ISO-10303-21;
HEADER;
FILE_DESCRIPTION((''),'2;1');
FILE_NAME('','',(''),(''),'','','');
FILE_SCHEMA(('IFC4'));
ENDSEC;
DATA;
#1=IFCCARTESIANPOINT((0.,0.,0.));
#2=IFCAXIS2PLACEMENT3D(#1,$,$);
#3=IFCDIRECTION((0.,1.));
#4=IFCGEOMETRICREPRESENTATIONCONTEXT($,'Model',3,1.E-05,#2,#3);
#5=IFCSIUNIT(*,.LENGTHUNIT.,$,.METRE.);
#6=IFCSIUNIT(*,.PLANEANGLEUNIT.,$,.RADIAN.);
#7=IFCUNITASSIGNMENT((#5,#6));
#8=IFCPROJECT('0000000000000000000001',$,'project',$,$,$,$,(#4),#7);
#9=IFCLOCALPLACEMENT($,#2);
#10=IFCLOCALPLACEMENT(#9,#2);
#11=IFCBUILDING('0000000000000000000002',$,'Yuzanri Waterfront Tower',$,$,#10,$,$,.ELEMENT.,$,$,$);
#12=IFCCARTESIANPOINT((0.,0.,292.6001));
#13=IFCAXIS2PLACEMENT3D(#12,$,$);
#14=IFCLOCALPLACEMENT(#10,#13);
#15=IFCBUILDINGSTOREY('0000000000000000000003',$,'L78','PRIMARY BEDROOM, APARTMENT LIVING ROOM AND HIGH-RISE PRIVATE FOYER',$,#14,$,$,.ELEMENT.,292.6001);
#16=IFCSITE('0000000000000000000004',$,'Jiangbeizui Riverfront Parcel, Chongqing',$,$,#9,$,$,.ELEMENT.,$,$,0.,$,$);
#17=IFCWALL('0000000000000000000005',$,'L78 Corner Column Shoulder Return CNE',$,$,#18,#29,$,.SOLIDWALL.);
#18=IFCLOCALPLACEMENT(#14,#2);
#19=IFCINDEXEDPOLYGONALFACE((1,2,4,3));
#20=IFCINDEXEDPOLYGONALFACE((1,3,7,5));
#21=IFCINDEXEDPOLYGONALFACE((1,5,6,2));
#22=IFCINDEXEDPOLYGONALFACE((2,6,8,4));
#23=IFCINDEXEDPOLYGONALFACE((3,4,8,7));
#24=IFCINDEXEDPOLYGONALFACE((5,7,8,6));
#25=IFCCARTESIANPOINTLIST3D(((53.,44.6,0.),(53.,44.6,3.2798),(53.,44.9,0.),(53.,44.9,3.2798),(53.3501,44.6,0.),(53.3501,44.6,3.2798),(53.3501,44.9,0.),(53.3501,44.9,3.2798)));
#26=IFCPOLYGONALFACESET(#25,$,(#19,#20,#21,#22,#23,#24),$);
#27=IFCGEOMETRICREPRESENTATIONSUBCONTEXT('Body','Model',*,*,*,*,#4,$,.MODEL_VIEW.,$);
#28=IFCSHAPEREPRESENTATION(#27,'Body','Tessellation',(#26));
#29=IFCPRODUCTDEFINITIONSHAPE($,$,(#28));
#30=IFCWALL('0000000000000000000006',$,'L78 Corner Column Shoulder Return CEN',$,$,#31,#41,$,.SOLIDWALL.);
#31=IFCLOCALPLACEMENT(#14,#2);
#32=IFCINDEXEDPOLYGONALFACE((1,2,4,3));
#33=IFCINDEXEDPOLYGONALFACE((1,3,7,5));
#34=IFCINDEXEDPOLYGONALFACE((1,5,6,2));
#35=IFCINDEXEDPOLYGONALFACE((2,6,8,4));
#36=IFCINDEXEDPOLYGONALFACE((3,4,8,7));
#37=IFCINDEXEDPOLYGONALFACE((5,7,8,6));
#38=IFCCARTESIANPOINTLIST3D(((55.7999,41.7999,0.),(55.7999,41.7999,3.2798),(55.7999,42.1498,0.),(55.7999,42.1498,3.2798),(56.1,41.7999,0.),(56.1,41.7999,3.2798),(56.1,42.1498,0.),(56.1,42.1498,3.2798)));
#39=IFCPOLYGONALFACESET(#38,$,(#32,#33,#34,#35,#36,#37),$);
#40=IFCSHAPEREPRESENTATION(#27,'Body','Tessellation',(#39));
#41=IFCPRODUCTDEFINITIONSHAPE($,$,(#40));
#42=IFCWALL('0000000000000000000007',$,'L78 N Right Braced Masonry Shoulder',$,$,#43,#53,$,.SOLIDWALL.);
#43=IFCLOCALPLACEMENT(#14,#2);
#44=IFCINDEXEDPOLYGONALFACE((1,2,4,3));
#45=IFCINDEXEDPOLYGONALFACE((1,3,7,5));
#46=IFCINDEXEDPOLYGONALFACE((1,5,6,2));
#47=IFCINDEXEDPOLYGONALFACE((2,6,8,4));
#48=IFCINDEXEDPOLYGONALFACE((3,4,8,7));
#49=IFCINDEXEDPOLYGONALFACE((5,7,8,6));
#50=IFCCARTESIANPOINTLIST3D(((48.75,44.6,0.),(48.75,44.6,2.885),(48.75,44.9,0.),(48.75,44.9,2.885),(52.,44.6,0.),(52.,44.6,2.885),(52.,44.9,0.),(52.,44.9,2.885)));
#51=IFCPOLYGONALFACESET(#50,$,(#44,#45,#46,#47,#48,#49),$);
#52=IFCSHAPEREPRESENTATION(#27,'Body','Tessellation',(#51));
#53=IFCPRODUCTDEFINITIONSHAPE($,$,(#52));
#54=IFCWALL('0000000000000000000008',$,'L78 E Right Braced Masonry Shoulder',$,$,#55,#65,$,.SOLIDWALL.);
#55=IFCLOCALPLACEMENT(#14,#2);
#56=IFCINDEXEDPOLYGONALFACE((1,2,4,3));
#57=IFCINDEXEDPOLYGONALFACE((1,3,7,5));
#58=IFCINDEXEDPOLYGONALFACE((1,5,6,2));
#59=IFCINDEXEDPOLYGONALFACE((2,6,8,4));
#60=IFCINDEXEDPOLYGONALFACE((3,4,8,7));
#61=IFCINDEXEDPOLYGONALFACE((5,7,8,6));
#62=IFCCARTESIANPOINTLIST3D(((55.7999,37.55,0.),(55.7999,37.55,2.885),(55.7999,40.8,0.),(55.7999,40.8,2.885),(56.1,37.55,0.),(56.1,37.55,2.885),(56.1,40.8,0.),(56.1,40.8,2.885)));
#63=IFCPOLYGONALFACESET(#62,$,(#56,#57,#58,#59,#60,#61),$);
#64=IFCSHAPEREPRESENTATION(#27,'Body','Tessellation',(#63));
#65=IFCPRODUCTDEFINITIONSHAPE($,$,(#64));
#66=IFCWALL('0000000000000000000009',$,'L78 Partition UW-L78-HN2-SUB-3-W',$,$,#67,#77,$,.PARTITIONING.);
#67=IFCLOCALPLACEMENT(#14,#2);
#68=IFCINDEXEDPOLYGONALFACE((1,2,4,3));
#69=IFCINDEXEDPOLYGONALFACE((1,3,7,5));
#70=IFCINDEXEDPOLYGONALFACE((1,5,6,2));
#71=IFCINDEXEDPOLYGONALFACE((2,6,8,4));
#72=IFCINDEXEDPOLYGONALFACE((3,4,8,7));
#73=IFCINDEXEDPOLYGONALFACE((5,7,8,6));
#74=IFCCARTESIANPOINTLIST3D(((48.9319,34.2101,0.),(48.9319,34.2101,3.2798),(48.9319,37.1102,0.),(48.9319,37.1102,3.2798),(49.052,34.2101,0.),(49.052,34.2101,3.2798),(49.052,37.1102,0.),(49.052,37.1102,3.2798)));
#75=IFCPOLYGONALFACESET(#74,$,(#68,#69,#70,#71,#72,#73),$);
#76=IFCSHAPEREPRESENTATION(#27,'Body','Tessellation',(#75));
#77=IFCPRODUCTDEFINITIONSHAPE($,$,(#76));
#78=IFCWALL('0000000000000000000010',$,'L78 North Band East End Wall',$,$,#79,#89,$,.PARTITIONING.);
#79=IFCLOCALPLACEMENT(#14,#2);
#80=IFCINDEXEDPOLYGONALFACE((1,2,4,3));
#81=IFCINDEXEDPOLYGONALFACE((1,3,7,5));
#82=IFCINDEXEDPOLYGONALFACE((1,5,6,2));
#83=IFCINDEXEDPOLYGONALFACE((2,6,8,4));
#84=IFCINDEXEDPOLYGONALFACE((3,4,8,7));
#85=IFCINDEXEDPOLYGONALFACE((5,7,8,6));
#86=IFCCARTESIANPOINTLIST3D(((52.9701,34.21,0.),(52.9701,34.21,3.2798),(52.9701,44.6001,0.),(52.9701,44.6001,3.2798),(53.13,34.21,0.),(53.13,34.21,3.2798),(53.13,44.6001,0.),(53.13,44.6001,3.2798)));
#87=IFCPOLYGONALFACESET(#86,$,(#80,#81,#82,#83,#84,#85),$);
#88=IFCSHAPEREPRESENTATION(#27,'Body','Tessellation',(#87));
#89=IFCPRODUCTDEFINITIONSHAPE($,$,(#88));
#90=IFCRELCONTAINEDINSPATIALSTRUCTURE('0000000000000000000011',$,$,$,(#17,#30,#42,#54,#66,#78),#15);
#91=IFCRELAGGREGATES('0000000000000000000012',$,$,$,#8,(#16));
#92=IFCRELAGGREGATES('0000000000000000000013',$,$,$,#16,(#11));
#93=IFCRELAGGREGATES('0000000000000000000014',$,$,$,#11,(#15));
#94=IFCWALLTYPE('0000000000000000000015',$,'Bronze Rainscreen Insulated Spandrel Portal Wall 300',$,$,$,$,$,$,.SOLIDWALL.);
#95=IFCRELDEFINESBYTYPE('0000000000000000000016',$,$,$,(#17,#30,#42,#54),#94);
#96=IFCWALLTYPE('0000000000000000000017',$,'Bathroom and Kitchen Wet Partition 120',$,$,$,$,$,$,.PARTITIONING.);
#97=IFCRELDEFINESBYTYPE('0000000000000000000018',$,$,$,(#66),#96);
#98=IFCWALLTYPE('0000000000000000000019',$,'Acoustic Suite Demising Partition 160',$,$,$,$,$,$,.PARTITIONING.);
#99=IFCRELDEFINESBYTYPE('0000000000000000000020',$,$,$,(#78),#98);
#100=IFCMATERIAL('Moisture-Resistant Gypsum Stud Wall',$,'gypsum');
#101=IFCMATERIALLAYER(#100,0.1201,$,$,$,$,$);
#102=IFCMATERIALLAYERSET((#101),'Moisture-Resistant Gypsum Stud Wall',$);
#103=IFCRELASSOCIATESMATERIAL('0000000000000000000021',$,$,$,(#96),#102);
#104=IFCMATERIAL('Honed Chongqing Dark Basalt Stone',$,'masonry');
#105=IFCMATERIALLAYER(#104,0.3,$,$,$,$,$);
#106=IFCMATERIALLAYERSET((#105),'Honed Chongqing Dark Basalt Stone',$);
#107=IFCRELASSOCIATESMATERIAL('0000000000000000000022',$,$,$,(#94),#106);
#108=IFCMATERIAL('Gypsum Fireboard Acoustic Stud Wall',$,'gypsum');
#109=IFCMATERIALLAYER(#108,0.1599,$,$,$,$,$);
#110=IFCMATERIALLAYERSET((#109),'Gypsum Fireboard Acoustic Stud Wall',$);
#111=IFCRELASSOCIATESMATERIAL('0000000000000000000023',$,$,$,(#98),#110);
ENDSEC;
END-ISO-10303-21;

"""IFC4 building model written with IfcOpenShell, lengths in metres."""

from ifc_helpers import new_model, si_unit, direction, frame, frame_2d, origin, place, context, subcontext, project, spatial, rectangle, extrude, source, transform, mapped, material, layer, layer_set, type_object, element, save


model = new_model("IFC4")

# Units and contexts
model_context = context("Model", 3, precision=1e-05, world=origin(), true_north=direction((0.0, 1.0)))
body_context = subcontext(model_context, "Body", "Model", "MODEL_VIEW")
ifc_project = project(units=[si_unit("LENGTHUNIT", "METRE"), si_unit("PLANEANGLEUNIT", "RADIAN")], contexts=[model_context])

# Site, building, storey
site_placement = place(None, origin())
site = spatial("IfcSite", under=ifc_project, at=site_placement, Name="Jiangbeizui Riverfront Parcel, Chongqing", CompositionType="ELEMENT", RefElevation=0.0)
building_placement = place(site_placement, origin())
building = spatial("IfcBuilding", under=site, at=building_placement, Name="Yuzanri Waterfront Tower", CompositionType="ELEMENT")
storey_placement = place(building_placement, frame((0.0, 0.0, 292.6001)))
storey = spatial("IfcBuildingStorey", under=building, at=storey_placement, Name="L78", Description="PRIMARY BEDROOM, APARTMENT LIVING ROOM AND HIGH-RISE PRIVATE FOYER", CompositionType="ELEMENT", Elevation=292.6001)

# Shared definitions
ifc_material_1 = material(Name="Moisture-Resistant Gypsum Stud Wall", Category="gypsum")
ifc_layer_1 = layer(ifc_material_1, 0.1201)
ifc_layer_set_1 = layer_set([ifc_layer_1], Name="Moisture-Resistant Gypsum Stud Wall")
wall_type_1 = type_object("IfcWallType", Name="Bathroom and Kitchen Wet Partition 120", PredefinedType="PARTITIONING", material=ifc_layer_set_1)

# Shared definitions
ifc_material_2 = material(Name="Honed Chongqing Dark Basalt Stone", Category="masonry")
ifc_layer_2 = layer(ifc_material_2, 0.3)
ifc_layer_set_2 = layer_set([ifc_layer_2], Name="Honed Chongqing Dark Basalt Stone")
wall_type_2 = type_object("IfcWallType", Name="Bronze Rainscreen Insulated Spandrel Portal Wall 300", PredefinedType="SOLIDWALL", material=ifc_layer_set_2)

# Walls
shared_shape_1 = source(origin(), body_context, "Body", "SweptSolid", [
    extrude(rectangle(XDim=0.3501, YDim=0.3, at=frame_2d((0.175, 0.0))), origin(), (0.0, 0.0, 1.0), 3.2798),
])
wall_1_placement = place(storey_placement, frame((53.0, 44.75, 0.0), z_axis=(0.0, 0.0, 1.0), x_axis=(1.0, 0.0, 0.0)))
element("IfcWall", 1, at=wall_1_placement, inside=storey, type_object=wall_type_2, Name="L78 Corner Column Shoulder Return CNE", PredefinedType="SOLIDWALL", context=body_context, shape_type="MappedRepresentation", body=[
    mapped(shared_shape_1, transform((0.0, 0.0, 0.0), scale=1.0)),
])
shared_shape_2 = source(origin(), body_context, "Body", "SweptSolid", [
    extrude(rectangle(XDim=0.3499, YDim=0.3, at=frame_2d((0.1748, 0.0))), origin(), (0.0, 0.0, 1.0), 3.2798),
])
wall_2_placement = place(storey_placement, frame((55.95, 41.8, 0.0), z_axis=(0.0, 0.0, 1.0), x_axis=(0.0, 1.0, 0.0)))
element("IfcWall", 2, at=wall_2_placement, inside=storey, type_object=wall_type_2, Name="L78 Corner Column Shoulder Return CEN", PredefinedType="SOLIDWALL", context=body_context, shape_type="MappedRepresentation", body=[
    mapped(shared_shape_2, transform((0.0, 0.0, 0.0), scale=1.0)),
])
shared_shape_3 = source(origin(), body_context, "Body", "SweptSolid", [
    extrude(rectangle(XDim=3.25, YDim=0.3, at=frame_2d((1.625, 0.0))), origin(), (0.0, 0.0, 1.0), 2.885),
])
for number, where, z_axis, x_axis, name in (
    (3, (48.75, 44.75, 0.0), (0.0, 0.0, 1.0), (1.0, 0.0, 0.0), "L78 N Right Braced Masonry Shoulder"),
    (4, (55.95, 37.55, 0.0), (0.0, 0.0, 1.0), (0.0, 1.0, 0.0), "L78 E Right Braced Masonry Shoulder"),
):
    element("IfcWall", number, at=place(storey_placement, frame(where, z_axis=z_axis, x_axis=x_axis)), inside=storey, type_object=wall_type_2, Name=name, PredefinedType="SOLIDWALL", context=body_context, shape_type="MappedRepresentation", body=[
        mapped(shared_shape_3, transform((0.0, 0.0, 0.0), scale=1.0)),
    ])
shared_shape_4 = source(origin(), body_context, "Body", "SweptSolid", [
    extrude(rectangle(XDim=2.9001, YDim=0.1201, at=frame_2d((1.4502, 0.0))), origin(), (0.0, 0.0, 1.0), 3.2798),
])
wall_3_placement = place(storey_placement, frame((48.9919, 34.21, 0.0), z_axis=(0.0, 0.0, 1.0), x_axis=(0.0, 1.0, 0.0)))
element("IfcWall", 5, at=wall_3_placement, inside=storey, type_object=wall_type_1, Name="L78 Partition UW-L78-HN2-SUB-3-W", PredefinedType="PARTITIONING", context=body_context, shape_type="MappedRepresentation", body=[
    mapped(shared_shape_4, transform((0.0, 0.0, 0.0), scale=1.0)),
])
ifc_material_3 = material(Name="Gypsum Fireboard Acoustic Stud Wall", Category="gypsum")
ifc_layer_3 = layer(ifc_material_3, 0.1599)
ifc_layer_set_3 = layer_set([ifc_layer_3], Name="Gypsum Fireboard Acoustic Stud Wall")
wall_type_3 = type_object("IfcWallType", Name="Acoustic Suite Demising Partition 160", PredefinedType="PARTITIONING", material=ifc_layer_set_3)
shared_shape_5 = source(origin(), body_context, "Body", "SweptSolid", [
    extrude(rectangle(XDim=10.3901, YDim=0.1599, at=frame_2d((5.1951, 0.0))), origin(), (0.0, 0.0, 1.0), 3.2798),
])
wall_4_placement = place(storey_placement, frame((53.05, 34.21, 0.0), z_axis=(0.0, 0.0, 1.0), x_axis=(0.0, 1.0, 0.0)))
element("IfcWall", 6, at=wall_4_placement, inside=storey, type_object=wall_type_3, Name="L78 North Band East End Wall", PredefinedType="PARTITIONING", context=body_context, shape_type="MappedRepresentation", body=[
    mapped(shared_shape_5, transform((0.0, 0.0, 0.0), scale=1.0)),
])

save(model, "model.ifc")
